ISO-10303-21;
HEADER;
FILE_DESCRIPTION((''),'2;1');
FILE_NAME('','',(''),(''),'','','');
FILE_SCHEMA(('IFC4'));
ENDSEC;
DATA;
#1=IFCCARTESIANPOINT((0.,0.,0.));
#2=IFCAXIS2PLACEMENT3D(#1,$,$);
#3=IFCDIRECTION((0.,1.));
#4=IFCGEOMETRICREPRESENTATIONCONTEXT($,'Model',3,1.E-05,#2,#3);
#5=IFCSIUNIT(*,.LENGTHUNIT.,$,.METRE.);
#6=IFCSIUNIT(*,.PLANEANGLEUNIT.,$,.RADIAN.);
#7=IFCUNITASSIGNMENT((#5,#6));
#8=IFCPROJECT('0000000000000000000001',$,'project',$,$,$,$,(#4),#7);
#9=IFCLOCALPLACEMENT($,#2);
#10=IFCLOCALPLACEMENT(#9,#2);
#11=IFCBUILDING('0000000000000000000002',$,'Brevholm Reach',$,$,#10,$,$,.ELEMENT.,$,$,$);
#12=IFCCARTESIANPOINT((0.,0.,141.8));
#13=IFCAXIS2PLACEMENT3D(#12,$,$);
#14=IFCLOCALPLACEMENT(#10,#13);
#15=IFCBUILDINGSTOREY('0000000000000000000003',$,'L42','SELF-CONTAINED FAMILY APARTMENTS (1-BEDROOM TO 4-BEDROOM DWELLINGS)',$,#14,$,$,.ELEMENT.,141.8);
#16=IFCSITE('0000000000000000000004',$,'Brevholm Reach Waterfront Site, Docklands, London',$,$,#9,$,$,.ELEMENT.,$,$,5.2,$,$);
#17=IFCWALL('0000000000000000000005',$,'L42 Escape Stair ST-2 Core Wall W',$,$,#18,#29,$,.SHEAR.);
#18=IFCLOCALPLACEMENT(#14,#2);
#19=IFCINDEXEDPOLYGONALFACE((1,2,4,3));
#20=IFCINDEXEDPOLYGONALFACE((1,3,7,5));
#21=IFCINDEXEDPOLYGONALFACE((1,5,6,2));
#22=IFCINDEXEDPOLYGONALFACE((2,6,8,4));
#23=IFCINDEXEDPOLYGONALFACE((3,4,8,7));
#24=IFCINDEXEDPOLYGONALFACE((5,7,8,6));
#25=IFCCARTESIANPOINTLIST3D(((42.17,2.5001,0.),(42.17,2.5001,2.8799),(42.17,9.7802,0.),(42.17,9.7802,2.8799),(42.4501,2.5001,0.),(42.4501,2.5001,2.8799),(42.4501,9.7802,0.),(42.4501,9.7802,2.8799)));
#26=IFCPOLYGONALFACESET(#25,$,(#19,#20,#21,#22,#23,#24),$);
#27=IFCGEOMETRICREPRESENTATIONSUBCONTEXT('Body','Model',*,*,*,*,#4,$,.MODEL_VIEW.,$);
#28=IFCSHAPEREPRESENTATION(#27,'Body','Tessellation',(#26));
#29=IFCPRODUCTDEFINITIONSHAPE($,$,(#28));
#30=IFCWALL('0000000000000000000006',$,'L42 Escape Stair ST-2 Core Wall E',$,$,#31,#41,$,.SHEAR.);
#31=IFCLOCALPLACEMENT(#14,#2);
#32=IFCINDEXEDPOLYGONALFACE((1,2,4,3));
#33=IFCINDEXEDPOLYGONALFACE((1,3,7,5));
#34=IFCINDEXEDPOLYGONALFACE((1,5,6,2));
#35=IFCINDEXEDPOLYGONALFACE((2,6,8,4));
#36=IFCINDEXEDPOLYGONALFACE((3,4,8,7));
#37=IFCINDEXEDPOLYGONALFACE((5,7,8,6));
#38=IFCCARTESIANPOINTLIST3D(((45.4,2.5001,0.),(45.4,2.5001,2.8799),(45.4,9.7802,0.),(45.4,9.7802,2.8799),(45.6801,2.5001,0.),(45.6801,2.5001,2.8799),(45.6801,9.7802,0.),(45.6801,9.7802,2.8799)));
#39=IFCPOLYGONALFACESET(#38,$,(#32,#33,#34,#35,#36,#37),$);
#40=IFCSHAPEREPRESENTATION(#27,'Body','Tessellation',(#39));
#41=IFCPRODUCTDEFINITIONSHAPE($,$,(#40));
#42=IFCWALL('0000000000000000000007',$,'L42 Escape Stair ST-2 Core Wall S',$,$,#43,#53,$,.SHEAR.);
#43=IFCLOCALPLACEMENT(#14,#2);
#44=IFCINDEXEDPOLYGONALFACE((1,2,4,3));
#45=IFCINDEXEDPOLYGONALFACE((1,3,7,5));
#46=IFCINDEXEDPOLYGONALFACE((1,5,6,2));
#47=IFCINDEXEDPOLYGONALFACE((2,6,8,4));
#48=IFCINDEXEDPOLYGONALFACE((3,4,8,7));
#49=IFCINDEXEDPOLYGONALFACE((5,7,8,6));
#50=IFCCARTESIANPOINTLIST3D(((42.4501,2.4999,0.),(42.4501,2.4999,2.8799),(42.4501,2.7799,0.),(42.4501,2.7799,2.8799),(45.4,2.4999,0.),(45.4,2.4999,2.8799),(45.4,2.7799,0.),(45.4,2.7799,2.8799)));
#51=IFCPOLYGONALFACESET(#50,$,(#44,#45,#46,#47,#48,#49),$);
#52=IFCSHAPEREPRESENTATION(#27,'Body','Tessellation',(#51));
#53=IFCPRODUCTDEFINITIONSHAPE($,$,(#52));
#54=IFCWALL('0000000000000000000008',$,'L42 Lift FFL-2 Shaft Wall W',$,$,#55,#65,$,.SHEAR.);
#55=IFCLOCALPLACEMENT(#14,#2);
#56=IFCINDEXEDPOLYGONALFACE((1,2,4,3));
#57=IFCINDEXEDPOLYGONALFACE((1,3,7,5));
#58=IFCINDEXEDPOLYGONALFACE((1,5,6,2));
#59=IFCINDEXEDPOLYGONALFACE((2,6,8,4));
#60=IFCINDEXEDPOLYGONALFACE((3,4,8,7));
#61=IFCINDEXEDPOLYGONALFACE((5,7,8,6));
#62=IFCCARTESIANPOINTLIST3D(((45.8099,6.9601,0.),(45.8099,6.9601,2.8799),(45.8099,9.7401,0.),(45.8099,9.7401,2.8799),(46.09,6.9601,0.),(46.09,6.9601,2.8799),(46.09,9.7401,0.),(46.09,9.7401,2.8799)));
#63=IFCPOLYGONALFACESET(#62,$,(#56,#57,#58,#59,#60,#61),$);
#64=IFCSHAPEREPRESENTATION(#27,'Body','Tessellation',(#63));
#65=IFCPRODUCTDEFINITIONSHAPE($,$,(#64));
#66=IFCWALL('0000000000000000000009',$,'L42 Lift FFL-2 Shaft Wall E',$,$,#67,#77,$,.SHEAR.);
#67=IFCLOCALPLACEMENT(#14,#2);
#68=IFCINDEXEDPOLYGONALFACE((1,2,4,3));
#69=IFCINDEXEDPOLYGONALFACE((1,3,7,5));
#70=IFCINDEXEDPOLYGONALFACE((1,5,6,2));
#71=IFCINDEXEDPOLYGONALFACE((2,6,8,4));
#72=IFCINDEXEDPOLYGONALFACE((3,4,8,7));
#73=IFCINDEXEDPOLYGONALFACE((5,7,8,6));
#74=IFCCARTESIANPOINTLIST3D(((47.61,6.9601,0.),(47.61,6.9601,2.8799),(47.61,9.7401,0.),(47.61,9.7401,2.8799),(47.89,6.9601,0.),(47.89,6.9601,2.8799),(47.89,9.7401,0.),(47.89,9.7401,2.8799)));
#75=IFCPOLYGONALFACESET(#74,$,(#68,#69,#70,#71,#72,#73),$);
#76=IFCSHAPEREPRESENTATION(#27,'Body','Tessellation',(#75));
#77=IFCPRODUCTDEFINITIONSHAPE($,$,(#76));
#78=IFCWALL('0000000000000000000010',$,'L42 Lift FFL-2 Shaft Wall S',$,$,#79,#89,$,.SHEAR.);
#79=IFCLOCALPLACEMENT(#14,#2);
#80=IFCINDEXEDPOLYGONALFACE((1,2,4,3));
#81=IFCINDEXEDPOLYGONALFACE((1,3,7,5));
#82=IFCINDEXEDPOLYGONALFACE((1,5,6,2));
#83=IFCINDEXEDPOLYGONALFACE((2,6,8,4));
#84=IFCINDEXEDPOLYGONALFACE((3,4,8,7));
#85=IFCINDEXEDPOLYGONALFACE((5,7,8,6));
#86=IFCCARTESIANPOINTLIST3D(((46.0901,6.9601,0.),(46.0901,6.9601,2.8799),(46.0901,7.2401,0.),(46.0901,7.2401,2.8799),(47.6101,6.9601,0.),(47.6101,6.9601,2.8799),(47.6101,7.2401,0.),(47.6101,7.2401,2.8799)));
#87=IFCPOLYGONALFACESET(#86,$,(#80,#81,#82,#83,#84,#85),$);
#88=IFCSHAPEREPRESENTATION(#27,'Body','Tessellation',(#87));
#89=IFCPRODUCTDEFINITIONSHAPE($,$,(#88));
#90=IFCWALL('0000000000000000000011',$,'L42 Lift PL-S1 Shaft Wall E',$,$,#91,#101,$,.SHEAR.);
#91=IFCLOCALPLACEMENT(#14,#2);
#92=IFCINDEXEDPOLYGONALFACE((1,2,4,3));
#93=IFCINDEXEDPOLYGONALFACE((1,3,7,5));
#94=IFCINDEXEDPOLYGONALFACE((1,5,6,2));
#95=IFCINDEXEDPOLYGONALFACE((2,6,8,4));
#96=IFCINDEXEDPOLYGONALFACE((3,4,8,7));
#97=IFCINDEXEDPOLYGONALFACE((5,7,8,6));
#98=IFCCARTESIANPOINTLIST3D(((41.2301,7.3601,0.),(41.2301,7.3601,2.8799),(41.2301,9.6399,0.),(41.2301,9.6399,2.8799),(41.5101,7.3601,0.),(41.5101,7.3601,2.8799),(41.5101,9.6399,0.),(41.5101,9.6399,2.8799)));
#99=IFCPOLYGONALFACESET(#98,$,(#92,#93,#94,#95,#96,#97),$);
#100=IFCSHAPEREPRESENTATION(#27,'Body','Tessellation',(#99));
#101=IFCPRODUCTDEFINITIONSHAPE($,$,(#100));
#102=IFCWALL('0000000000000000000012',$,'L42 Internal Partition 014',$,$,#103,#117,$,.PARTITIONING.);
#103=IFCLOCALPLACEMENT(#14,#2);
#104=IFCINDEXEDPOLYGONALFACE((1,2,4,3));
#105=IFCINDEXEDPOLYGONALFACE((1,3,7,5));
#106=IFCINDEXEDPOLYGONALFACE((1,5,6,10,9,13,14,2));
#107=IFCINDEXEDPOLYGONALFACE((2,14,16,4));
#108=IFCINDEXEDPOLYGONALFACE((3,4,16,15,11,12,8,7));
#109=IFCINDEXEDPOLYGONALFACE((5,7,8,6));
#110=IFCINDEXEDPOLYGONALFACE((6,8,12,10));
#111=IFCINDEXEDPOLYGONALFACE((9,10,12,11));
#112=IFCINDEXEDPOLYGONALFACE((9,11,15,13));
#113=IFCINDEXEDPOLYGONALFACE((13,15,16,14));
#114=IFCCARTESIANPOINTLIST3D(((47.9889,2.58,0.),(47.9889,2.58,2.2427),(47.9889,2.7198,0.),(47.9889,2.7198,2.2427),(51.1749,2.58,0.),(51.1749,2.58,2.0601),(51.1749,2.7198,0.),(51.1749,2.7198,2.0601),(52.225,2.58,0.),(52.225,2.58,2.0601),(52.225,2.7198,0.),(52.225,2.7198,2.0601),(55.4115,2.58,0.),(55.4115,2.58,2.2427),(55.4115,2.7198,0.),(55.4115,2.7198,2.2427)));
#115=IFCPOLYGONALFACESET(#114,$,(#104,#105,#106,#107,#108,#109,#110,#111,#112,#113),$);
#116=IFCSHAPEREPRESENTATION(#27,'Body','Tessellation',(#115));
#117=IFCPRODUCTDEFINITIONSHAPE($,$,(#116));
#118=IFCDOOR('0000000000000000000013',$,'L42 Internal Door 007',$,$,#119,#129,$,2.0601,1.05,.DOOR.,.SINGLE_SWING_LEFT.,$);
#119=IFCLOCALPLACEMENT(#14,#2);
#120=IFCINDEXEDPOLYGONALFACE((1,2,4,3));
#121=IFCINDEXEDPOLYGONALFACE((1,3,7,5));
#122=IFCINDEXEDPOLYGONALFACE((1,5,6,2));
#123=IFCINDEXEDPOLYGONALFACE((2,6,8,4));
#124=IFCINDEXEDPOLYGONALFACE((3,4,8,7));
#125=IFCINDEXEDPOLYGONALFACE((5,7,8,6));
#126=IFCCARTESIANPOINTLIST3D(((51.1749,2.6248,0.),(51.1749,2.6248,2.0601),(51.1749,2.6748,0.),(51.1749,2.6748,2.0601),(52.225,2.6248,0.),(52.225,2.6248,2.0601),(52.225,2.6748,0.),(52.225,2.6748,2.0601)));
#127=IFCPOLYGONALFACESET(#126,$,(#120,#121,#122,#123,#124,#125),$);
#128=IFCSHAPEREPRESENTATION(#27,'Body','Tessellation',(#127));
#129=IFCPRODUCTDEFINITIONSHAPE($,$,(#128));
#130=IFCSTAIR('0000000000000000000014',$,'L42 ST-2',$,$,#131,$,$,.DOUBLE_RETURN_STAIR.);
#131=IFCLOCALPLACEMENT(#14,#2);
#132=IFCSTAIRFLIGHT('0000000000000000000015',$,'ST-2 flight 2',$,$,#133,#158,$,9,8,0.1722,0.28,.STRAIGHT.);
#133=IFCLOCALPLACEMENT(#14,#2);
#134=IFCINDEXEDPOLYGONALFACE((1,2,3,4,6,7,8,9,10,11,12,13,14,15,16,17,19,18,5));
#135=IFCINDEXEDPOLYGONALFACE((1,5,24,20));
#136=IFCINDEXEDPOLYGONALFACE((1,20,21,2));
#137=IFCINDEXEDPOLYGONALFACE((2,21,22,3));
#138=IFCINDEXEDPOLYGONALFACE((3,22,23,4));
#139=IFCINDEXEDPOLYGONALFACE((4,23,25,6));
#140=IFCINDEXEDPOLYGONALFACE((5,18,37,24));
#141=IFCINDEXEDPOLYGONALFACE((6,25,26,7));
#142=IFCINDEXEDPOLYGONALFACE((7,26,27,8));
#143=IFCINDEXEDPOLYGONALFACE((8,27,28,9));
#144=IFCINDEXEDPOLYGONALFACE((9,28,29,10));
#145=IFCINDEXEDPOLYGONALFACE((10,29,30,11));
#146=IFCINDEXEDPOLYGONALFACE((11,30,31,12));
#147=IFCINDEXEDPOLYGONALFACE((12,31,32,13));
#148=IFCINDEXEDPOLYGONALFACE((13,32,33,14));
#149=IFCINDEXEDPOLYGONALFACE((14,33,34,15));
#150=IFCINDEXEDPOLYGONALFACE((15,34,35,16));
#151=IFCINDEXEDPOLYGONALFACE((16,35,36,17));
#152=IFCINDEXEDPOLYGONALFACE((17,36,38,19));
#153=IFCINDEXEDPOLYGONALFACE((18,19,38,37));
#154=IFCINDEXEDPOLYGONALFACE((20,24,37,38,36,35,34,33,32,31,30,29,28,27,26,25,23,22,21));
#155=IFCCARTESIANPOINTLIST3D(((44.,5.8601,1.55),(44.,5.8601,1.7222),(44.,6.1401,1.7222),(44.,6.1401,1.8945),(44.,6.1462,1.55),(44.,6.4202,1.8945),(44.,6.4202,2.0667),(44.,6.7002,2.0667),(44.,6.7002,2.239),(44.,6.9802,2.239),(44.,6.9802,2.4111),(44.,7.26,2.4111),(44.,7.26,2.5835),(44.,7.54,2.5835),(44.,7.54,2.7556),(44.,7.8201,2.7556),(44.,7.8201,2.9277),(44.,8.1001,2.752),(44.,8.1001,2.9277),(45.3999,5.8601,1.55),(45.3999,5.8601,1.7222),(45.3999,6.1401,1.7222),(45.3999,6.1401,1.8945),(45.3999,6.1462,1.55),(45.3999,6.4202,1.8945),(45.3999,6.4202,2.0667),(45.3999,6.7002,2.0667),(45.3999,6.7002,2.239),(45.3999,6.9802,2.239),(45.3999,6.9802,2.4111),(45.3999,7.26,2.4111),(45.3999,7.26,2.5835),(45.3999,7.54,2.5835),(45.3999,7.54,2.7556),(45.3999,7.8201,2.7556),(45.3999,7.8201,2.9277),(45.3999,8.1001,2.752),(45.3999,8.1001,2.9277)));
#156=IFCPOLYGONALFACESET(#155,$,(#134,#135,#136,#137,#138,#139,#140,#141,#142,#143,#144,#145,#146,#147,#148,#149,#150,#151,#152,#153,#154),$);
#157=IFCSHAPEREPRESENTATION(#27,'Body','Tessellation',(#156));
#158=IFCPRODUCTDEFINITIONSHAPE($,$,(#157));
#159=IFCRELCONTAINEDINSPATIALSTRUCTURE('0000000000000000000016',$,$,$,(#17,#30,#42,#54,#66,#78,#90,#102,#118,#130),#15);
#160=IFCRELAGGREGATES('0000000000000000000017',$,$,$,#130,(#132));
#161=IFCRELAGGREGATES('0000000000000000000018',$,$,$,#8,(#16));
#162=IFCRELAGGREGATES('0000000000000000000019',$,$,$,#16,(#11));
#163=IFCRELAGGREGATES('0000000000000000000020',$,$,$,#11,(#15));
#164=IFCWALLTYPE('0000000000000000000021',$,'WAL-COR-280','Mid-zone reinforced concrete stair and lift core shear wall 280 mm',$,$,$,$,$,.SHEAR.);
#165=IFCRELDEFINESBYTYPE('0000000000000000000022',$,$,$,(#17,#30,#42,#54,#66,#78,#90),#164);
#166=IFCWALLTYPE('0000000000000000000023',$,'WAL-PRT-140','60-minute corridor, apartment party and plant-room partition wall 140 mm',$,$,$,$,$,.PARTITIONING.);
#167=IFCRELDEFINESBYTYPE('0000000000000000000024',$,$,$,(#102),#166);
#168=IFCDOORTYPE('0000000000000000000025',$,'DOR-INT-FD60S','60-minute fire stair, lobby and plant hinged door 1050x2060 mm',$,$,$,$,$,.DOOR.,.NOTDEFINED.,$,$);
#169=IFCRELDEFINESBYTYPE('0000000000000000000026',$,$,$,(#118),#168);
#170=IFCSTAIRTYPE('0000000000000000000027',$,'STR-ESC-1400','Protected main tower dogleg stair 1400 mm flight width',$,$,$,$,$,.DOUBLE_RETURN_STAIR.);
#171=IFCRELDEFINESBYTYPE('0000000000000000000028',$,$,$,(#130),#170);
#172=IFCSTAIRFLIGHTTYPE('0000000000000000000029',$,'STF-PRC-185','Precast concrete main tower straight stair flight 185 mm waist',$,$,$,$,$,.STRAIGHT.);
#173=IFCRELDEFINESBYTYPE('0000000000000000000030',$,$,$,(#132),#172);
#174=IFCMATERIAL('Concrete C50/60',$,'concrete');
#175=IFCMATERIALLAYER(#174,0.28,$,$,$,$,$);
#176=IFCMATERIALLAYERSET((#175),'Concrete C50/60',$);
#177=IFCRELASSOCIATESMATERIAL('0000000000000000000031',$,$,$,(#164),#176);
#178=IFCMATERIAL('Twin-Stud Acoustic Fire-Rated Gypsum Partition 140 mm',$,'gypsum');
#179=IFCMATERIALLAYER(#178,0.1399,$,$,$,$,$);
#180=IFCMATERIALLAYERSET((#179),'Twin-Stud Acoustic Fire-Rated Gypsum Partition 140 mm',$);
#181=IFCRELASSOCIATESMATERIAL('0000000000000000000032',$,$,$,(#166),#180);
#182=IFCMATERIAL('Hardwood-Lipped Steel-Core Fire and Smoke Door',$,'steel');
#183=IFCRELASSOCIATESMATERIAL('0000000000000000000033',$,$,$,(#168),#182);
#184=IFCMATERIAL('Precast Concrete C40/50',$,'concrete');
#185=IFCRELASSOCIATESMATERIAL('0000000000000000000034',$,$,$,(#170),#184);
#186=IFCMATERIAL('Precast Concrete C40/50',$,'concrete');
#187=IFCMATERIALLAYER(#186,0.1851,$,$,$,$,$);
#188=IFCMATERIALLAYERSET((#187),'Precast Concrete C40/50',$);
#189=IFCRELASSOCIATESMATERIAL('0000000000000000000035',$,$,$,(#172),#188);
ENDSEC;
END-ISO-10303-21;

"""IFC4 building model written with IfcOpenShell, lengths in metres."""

from ifc_helpers import new_model, si_unit, direction, frame, frame_2d, origin, place, context, subcontext, project, spatial, polyline, rectangle, outline, extrude, material, layer, layer_set, type_object, element, fill, aggregate, save


model = new_model("IFC4")

# Units and contexts
model_context = context("Model", 3, precision=1e-05, world=origin(), true_north=direction((0.0, 1.0)))
body_context = subcontext(model_context, "Body", "Model", "MODEL_VIEW")
ifc_project = project(units=[si_unit("LENGTHUNIT", "METRE"), si_unit("PLANEANGLEUNIT", "RADIAN")], contexts=[model_context])

# Site, building, storey
site_placement = place(None, origin())
site = spatial("IfcSite", under=ifc_project, at=site_placement, Name="Brevholm Reach Waterfront Site, Docklands, London", CompositionType="ELEMENT", RefElevation=5.2)
building_placement = place(site_placement, origin())
building = spatial("IfcBuilding", under=site, at=building_placement, Name="Brevholm Reach", CompositionType="ELEMENT")
storey_placement = place(building_placement, frame((0.0, 0.0, 141.8)))
storey = spatial("IfcBuildingStorey", under=building, at=storey_placement, Name="L42", Description="SELF-CONTAINED FAMILY APARTMENTS (1-BEDROOM TO 4-BEDROOM DWELLINGS)", CompositionType="ELEMENT", Elevation=141.8)

# Walls
ifc_material_1 = material(Name="Concrete C50/60", Category="concrete")
ifc_layer_1 = layer(ifc_material_1, 0.28)
ifc_layer_set_1 = layer_set([ifc_layer_1], Name="Concrete C50/60")
wall_type_1 = type_object("IfcWallType", Name="WAL-COR-280", Description="Mid-zone reinforced concrete stair and lift core shear wall 280 mm", PredefinedType="SHEAR", material=ifc_layer_set_1)
for number, where, z_axis, x_axis, name in (
    (1, (42.3101, 2.5, 0.0), (0.0, 0.0, 1.0), (0.0, 1.0, 0.0), "L42 Escape Stair ST-2 Core Wall W"),
    (2, (45.54, 2.5, 0.0), (0.0, 0.0, 1.0), (0.0, 1.0, 0.0), "L42 Escape Stair ST-2 Core Wall E"),
):
    element("IfcWall", number, at=place(storey_placement, frame(where, z_axis=z_axis, x_axis=x_axis)), inside=storey, type_object=wall_type_1, Name=name, PredefinedType="SHEAR", context=body_context, shape_type="SweptSolid", body=[
        extrude(rectangle(XDim=7.28, YDim=0.28, at=frame_2d((3.6401, 0.0))), origin(), (0.0, 0.0, 1.0), 2.8799),
    ])
wall_1_placement = place(storey_placement, frame((42.45, 2.6399, 0.0), z_axis=(0.0, 0.0, 1.0), x_axis=(1.0, 0.0, 0.0)))
element("IfcWall", 3, at=wall_1_placement, inside=storey, type_object=wall_type_1, Name="L42 Escape Stair ST-2 Core Wall S", PredefinedType="SHEAR", context=body_context, shape_type="SweptSolid", body=[
    extrude(rectangle(XDim=2.95, YDim=0.28, at=frame_2d((1.4751, 0.0))), origin(), (0.0, 0.0, 1.0), 2.8799),
])
for number, where, z_axis, x_axis, name in (
    (4, (45.95, 6.96, 0.0), (0.0, 0.0, 1.0), (0.0, 1.0, 0.0), "L42 Lift FFL-2 Shaft Wall W"),
    (5, (47.75, 6.96, 0.0), (0.0, 0.0, 1.0), (0.0, 1.0, 0.0), "L42 Lift FFL-2 Shaft Wall E"),
):
    element("IfcWall", number, at=place(storey_placement, frame(where, z_axis=z_axis, x_axis=x_axis)), inside=storey, type_object=wall_type_1, Name=name, PredefinedType="SHEAR", context=body_context, shape_type="SweptSolid", body=[
        extrude(rectangle(XDim=2.78, YDim=0.28, at=frame_2d((1.3901, 0.0))), origin(), (0.0, 0.0, 1.0), 2.8799),
    ])
wall_2_placement = place(storey_placement, frame((46.0901, 7.1001, 0.0), z_axis=(0.0, 0.0, 1.0), x_axis=(1.0, 0.0, 0.0)))
element("IfcWall", 6, at=wall_2_placement, inside=storey, type_object=wall_type_1, Name="L42 Lift FFL-2 Shaft Wall S", PredefinedType="SHEAR", context=body_context, shape_type="SweptSolid", body=[
    extrude(rectangle(XDim=1.52, YDim=0.28, at=frame_2d((0.76, 0.0))), origin(), (0.0, 0.0, 1.0), 2.8799),
])
wall_3_placement = place(storey_placement, frame((41.3701, 7.3601, 0.0), z_axis=(0.0, 0.0, 1.0), x_axis=(0.0, 1.0, 0.0)))
element("IfcWall", 7, at=wall_3_placement, inside=storey, type_object=wall_type_1, Name="L42 Lift PL-S1 Shaft Wall E", PredefinedType="SHEAR", context=body_context, shape_type="SweptSolid", body=[
    extrude(rectangle(XDim=2.2798, YDim=0.28, at=frame_2d((1.1399, 0.0))), origin(), (0.0, 0.0, 1.0), 2.8799),
])

# Wall, opening, door
ifc_material_2 = material(Name="Twin-Stud Acoustic Fire-Rated Gypsum Partition 140 mm", Category="gypsum")
ifc_layer_2 = layer(ifc_material_2, 0.1399)
ifc_layer_set_2 = layer_set([ifc_layer_2], Name="Twin-Stud Acoustic Fire-Rated Gypsum Partition 140 mm")
wall_type_2 = type_object("IfcWallType", Name="WAL-PRT-140", Description="60-minute corridor, apartment party and plant-room partition wall 140 mm", PredefinedType="PARTITIONING", material=ifc_layer_set_2)
wall_4_placement = place(storey_placement, frame((47.9888, 2.6499, 0.0), z_axis=(0.0, 0.0, 1.0), x_axis=(1.0, 0.0, 0.0)))
wall_4 = element("IfcWall", 8, at=wall_4_placement, inside=storey, type_object=wall_type_2, Name="L42 Internal Partition 014", PredefinedType="PARTITIONING", context=body_context, shape_type="SweptSolid", body=[
    extrude(rectangle(XDim=7.4226, YDim=0.1399, at=frame_2d((3.7114, 0.0))), origin(), (0.0, 0.0, 1.0), 2.2427),
])
opening_placement = place(wall_4_placement, frame((3.1863, 0.0, 0.0)))
opening = element("IfcOpeningElement", 9, at=opening_placement, cuts=wall_4, PredefinedType="OPENING", context=body_context, shape_type="SweptSolid", body=[
    extrude(rectangle(XDim=1.05, YDim=2.0601, at=frame_2d((0.5249, 1.03))), frame((0.0, 0.0798, 0.0), z_axis=(0.0, -1.0, 0.0), x_axis=(1.0, 0.0, 0.0)), (0.0, 0.0, 1.0), 0.1599),
])
ifc_material_3 = material(Name="Hardwood-Lipped Steel-Core Fire and Smoke Door", Category="steel")
door_type = type_object("IfcDoorType", Name="DOR-INT-FD60S", Description="60-minute fire stair, lobby and plant hinged door 1050x2060 mm", OperationType="NOTDEFINED", PredefinedType="DOOR", material=ifc_material_3)
door_placement = place(opening_placement, origin())
door = element("IfcDoor", 10, at=door_placement, inside=storey, type_object=door_type, Name="L42 Internal Door 007", OperationType="SINGLE_SWING_LEFT", OverallHeight=2.0601, OverallWidth=1.05, PredefinedType="DOOR", context=body_context, shape_type="SweptSolid", body=[
    extrude(rectangle(XDim=1.05, YDim=2.0601, at=frame_2d((0.5249, 1.03))), frame((0.0, 0.0249, 0.0), z_axis=(0.0, -1.0, 0.0), x_axis=(1.0, 0.0, 0.0)), (0.0, 0.0, 1.0), 0.05),
])
fill(opening, door)

# Stair, stair flight
ifc_material_4 = material(Name="Precast Concrete C40/50", Category="concrete")
stair_type = type_object("IfcStairType", Name="STR-ESC-1400", Description="Protected main tower dogleg stair 1400 mm flight width", PredefinedType="DOUBLE_RETURN_STAIR", material=ifc_material_4)
stair_placement = place(storey_placement, origin())
stair = element("IfcStair", 11, at=stair_placement, inside=storey, type_object=stair_type, Name="L42 ST-2", PredefinedType="DOUBLE_RETURN_STAIR")
ifc_material_5 = material(Name="Precast Concrete C40/50", Category="concrete")
ifc_layer_3 = layer(ifc_material_5, 0.1851)
ifc_layer_set_3 = layer_set([ifc_layer_3], Name="Precast Concrete C40/50")
stair_flight_type = type_object("IfcStairFlightType", Name="STF-PRC-185", Description="Precast concrete main tower straight stair flight 185 mm waist", PredefinedType="STRAIGHT", material=ifc_layer_set_3)
stair_flight_placement = place(storey_placement, frame((44.7, 5.8601, 1.55), z_axis=(0.0, 0.0, 1.0), x_axis=(0.0, 1.0, 0.0)))
stair_flight = element("IfcStairFlight", 12, at=stair_flight_placement, type_object=stair_flight_type, Name="ST-2 flight 2", NumberOfRisers=9, NumberOfTreads=8, PredefinedType="STRAIGHT", RiserHeight=0.1722, TreadLength=0.28, context=body_context, shape_type="SweptSolid", body=[
    extrude(outline(polyline([(0.0, 0.0), (0.0, 0.1721), (0.28, 0.1721), (0.28, 0.3445), (0.5601, 0.3445), (0.5601, 0.5166), (0.8401, 0.5166), (0.8401, 0.689), (1.1201, 0.689), (1.1201, 0.8611), (1.3999, 0.8611), (1.3999, 1.0334), (1.6799, 1.0334), (1.6799, 1.2056), (1.96, 1.2056), (1.96, 1.3777), (2.24, 1.3777), (2.24, 1.55), (2.24, 1.2019), (0.2861, 0.0), (0.0, 0.0)])), frame((0.0, 0.7, 0.0), z_axis=(0.0, -1.0, 0.0), x_axis=(1.0, 0.0, 0.0)), (0.0, 0.0, 1.0), 1.3999),
])
aggregate(stair, [stair_flight])

save(model, "model.ifc")
